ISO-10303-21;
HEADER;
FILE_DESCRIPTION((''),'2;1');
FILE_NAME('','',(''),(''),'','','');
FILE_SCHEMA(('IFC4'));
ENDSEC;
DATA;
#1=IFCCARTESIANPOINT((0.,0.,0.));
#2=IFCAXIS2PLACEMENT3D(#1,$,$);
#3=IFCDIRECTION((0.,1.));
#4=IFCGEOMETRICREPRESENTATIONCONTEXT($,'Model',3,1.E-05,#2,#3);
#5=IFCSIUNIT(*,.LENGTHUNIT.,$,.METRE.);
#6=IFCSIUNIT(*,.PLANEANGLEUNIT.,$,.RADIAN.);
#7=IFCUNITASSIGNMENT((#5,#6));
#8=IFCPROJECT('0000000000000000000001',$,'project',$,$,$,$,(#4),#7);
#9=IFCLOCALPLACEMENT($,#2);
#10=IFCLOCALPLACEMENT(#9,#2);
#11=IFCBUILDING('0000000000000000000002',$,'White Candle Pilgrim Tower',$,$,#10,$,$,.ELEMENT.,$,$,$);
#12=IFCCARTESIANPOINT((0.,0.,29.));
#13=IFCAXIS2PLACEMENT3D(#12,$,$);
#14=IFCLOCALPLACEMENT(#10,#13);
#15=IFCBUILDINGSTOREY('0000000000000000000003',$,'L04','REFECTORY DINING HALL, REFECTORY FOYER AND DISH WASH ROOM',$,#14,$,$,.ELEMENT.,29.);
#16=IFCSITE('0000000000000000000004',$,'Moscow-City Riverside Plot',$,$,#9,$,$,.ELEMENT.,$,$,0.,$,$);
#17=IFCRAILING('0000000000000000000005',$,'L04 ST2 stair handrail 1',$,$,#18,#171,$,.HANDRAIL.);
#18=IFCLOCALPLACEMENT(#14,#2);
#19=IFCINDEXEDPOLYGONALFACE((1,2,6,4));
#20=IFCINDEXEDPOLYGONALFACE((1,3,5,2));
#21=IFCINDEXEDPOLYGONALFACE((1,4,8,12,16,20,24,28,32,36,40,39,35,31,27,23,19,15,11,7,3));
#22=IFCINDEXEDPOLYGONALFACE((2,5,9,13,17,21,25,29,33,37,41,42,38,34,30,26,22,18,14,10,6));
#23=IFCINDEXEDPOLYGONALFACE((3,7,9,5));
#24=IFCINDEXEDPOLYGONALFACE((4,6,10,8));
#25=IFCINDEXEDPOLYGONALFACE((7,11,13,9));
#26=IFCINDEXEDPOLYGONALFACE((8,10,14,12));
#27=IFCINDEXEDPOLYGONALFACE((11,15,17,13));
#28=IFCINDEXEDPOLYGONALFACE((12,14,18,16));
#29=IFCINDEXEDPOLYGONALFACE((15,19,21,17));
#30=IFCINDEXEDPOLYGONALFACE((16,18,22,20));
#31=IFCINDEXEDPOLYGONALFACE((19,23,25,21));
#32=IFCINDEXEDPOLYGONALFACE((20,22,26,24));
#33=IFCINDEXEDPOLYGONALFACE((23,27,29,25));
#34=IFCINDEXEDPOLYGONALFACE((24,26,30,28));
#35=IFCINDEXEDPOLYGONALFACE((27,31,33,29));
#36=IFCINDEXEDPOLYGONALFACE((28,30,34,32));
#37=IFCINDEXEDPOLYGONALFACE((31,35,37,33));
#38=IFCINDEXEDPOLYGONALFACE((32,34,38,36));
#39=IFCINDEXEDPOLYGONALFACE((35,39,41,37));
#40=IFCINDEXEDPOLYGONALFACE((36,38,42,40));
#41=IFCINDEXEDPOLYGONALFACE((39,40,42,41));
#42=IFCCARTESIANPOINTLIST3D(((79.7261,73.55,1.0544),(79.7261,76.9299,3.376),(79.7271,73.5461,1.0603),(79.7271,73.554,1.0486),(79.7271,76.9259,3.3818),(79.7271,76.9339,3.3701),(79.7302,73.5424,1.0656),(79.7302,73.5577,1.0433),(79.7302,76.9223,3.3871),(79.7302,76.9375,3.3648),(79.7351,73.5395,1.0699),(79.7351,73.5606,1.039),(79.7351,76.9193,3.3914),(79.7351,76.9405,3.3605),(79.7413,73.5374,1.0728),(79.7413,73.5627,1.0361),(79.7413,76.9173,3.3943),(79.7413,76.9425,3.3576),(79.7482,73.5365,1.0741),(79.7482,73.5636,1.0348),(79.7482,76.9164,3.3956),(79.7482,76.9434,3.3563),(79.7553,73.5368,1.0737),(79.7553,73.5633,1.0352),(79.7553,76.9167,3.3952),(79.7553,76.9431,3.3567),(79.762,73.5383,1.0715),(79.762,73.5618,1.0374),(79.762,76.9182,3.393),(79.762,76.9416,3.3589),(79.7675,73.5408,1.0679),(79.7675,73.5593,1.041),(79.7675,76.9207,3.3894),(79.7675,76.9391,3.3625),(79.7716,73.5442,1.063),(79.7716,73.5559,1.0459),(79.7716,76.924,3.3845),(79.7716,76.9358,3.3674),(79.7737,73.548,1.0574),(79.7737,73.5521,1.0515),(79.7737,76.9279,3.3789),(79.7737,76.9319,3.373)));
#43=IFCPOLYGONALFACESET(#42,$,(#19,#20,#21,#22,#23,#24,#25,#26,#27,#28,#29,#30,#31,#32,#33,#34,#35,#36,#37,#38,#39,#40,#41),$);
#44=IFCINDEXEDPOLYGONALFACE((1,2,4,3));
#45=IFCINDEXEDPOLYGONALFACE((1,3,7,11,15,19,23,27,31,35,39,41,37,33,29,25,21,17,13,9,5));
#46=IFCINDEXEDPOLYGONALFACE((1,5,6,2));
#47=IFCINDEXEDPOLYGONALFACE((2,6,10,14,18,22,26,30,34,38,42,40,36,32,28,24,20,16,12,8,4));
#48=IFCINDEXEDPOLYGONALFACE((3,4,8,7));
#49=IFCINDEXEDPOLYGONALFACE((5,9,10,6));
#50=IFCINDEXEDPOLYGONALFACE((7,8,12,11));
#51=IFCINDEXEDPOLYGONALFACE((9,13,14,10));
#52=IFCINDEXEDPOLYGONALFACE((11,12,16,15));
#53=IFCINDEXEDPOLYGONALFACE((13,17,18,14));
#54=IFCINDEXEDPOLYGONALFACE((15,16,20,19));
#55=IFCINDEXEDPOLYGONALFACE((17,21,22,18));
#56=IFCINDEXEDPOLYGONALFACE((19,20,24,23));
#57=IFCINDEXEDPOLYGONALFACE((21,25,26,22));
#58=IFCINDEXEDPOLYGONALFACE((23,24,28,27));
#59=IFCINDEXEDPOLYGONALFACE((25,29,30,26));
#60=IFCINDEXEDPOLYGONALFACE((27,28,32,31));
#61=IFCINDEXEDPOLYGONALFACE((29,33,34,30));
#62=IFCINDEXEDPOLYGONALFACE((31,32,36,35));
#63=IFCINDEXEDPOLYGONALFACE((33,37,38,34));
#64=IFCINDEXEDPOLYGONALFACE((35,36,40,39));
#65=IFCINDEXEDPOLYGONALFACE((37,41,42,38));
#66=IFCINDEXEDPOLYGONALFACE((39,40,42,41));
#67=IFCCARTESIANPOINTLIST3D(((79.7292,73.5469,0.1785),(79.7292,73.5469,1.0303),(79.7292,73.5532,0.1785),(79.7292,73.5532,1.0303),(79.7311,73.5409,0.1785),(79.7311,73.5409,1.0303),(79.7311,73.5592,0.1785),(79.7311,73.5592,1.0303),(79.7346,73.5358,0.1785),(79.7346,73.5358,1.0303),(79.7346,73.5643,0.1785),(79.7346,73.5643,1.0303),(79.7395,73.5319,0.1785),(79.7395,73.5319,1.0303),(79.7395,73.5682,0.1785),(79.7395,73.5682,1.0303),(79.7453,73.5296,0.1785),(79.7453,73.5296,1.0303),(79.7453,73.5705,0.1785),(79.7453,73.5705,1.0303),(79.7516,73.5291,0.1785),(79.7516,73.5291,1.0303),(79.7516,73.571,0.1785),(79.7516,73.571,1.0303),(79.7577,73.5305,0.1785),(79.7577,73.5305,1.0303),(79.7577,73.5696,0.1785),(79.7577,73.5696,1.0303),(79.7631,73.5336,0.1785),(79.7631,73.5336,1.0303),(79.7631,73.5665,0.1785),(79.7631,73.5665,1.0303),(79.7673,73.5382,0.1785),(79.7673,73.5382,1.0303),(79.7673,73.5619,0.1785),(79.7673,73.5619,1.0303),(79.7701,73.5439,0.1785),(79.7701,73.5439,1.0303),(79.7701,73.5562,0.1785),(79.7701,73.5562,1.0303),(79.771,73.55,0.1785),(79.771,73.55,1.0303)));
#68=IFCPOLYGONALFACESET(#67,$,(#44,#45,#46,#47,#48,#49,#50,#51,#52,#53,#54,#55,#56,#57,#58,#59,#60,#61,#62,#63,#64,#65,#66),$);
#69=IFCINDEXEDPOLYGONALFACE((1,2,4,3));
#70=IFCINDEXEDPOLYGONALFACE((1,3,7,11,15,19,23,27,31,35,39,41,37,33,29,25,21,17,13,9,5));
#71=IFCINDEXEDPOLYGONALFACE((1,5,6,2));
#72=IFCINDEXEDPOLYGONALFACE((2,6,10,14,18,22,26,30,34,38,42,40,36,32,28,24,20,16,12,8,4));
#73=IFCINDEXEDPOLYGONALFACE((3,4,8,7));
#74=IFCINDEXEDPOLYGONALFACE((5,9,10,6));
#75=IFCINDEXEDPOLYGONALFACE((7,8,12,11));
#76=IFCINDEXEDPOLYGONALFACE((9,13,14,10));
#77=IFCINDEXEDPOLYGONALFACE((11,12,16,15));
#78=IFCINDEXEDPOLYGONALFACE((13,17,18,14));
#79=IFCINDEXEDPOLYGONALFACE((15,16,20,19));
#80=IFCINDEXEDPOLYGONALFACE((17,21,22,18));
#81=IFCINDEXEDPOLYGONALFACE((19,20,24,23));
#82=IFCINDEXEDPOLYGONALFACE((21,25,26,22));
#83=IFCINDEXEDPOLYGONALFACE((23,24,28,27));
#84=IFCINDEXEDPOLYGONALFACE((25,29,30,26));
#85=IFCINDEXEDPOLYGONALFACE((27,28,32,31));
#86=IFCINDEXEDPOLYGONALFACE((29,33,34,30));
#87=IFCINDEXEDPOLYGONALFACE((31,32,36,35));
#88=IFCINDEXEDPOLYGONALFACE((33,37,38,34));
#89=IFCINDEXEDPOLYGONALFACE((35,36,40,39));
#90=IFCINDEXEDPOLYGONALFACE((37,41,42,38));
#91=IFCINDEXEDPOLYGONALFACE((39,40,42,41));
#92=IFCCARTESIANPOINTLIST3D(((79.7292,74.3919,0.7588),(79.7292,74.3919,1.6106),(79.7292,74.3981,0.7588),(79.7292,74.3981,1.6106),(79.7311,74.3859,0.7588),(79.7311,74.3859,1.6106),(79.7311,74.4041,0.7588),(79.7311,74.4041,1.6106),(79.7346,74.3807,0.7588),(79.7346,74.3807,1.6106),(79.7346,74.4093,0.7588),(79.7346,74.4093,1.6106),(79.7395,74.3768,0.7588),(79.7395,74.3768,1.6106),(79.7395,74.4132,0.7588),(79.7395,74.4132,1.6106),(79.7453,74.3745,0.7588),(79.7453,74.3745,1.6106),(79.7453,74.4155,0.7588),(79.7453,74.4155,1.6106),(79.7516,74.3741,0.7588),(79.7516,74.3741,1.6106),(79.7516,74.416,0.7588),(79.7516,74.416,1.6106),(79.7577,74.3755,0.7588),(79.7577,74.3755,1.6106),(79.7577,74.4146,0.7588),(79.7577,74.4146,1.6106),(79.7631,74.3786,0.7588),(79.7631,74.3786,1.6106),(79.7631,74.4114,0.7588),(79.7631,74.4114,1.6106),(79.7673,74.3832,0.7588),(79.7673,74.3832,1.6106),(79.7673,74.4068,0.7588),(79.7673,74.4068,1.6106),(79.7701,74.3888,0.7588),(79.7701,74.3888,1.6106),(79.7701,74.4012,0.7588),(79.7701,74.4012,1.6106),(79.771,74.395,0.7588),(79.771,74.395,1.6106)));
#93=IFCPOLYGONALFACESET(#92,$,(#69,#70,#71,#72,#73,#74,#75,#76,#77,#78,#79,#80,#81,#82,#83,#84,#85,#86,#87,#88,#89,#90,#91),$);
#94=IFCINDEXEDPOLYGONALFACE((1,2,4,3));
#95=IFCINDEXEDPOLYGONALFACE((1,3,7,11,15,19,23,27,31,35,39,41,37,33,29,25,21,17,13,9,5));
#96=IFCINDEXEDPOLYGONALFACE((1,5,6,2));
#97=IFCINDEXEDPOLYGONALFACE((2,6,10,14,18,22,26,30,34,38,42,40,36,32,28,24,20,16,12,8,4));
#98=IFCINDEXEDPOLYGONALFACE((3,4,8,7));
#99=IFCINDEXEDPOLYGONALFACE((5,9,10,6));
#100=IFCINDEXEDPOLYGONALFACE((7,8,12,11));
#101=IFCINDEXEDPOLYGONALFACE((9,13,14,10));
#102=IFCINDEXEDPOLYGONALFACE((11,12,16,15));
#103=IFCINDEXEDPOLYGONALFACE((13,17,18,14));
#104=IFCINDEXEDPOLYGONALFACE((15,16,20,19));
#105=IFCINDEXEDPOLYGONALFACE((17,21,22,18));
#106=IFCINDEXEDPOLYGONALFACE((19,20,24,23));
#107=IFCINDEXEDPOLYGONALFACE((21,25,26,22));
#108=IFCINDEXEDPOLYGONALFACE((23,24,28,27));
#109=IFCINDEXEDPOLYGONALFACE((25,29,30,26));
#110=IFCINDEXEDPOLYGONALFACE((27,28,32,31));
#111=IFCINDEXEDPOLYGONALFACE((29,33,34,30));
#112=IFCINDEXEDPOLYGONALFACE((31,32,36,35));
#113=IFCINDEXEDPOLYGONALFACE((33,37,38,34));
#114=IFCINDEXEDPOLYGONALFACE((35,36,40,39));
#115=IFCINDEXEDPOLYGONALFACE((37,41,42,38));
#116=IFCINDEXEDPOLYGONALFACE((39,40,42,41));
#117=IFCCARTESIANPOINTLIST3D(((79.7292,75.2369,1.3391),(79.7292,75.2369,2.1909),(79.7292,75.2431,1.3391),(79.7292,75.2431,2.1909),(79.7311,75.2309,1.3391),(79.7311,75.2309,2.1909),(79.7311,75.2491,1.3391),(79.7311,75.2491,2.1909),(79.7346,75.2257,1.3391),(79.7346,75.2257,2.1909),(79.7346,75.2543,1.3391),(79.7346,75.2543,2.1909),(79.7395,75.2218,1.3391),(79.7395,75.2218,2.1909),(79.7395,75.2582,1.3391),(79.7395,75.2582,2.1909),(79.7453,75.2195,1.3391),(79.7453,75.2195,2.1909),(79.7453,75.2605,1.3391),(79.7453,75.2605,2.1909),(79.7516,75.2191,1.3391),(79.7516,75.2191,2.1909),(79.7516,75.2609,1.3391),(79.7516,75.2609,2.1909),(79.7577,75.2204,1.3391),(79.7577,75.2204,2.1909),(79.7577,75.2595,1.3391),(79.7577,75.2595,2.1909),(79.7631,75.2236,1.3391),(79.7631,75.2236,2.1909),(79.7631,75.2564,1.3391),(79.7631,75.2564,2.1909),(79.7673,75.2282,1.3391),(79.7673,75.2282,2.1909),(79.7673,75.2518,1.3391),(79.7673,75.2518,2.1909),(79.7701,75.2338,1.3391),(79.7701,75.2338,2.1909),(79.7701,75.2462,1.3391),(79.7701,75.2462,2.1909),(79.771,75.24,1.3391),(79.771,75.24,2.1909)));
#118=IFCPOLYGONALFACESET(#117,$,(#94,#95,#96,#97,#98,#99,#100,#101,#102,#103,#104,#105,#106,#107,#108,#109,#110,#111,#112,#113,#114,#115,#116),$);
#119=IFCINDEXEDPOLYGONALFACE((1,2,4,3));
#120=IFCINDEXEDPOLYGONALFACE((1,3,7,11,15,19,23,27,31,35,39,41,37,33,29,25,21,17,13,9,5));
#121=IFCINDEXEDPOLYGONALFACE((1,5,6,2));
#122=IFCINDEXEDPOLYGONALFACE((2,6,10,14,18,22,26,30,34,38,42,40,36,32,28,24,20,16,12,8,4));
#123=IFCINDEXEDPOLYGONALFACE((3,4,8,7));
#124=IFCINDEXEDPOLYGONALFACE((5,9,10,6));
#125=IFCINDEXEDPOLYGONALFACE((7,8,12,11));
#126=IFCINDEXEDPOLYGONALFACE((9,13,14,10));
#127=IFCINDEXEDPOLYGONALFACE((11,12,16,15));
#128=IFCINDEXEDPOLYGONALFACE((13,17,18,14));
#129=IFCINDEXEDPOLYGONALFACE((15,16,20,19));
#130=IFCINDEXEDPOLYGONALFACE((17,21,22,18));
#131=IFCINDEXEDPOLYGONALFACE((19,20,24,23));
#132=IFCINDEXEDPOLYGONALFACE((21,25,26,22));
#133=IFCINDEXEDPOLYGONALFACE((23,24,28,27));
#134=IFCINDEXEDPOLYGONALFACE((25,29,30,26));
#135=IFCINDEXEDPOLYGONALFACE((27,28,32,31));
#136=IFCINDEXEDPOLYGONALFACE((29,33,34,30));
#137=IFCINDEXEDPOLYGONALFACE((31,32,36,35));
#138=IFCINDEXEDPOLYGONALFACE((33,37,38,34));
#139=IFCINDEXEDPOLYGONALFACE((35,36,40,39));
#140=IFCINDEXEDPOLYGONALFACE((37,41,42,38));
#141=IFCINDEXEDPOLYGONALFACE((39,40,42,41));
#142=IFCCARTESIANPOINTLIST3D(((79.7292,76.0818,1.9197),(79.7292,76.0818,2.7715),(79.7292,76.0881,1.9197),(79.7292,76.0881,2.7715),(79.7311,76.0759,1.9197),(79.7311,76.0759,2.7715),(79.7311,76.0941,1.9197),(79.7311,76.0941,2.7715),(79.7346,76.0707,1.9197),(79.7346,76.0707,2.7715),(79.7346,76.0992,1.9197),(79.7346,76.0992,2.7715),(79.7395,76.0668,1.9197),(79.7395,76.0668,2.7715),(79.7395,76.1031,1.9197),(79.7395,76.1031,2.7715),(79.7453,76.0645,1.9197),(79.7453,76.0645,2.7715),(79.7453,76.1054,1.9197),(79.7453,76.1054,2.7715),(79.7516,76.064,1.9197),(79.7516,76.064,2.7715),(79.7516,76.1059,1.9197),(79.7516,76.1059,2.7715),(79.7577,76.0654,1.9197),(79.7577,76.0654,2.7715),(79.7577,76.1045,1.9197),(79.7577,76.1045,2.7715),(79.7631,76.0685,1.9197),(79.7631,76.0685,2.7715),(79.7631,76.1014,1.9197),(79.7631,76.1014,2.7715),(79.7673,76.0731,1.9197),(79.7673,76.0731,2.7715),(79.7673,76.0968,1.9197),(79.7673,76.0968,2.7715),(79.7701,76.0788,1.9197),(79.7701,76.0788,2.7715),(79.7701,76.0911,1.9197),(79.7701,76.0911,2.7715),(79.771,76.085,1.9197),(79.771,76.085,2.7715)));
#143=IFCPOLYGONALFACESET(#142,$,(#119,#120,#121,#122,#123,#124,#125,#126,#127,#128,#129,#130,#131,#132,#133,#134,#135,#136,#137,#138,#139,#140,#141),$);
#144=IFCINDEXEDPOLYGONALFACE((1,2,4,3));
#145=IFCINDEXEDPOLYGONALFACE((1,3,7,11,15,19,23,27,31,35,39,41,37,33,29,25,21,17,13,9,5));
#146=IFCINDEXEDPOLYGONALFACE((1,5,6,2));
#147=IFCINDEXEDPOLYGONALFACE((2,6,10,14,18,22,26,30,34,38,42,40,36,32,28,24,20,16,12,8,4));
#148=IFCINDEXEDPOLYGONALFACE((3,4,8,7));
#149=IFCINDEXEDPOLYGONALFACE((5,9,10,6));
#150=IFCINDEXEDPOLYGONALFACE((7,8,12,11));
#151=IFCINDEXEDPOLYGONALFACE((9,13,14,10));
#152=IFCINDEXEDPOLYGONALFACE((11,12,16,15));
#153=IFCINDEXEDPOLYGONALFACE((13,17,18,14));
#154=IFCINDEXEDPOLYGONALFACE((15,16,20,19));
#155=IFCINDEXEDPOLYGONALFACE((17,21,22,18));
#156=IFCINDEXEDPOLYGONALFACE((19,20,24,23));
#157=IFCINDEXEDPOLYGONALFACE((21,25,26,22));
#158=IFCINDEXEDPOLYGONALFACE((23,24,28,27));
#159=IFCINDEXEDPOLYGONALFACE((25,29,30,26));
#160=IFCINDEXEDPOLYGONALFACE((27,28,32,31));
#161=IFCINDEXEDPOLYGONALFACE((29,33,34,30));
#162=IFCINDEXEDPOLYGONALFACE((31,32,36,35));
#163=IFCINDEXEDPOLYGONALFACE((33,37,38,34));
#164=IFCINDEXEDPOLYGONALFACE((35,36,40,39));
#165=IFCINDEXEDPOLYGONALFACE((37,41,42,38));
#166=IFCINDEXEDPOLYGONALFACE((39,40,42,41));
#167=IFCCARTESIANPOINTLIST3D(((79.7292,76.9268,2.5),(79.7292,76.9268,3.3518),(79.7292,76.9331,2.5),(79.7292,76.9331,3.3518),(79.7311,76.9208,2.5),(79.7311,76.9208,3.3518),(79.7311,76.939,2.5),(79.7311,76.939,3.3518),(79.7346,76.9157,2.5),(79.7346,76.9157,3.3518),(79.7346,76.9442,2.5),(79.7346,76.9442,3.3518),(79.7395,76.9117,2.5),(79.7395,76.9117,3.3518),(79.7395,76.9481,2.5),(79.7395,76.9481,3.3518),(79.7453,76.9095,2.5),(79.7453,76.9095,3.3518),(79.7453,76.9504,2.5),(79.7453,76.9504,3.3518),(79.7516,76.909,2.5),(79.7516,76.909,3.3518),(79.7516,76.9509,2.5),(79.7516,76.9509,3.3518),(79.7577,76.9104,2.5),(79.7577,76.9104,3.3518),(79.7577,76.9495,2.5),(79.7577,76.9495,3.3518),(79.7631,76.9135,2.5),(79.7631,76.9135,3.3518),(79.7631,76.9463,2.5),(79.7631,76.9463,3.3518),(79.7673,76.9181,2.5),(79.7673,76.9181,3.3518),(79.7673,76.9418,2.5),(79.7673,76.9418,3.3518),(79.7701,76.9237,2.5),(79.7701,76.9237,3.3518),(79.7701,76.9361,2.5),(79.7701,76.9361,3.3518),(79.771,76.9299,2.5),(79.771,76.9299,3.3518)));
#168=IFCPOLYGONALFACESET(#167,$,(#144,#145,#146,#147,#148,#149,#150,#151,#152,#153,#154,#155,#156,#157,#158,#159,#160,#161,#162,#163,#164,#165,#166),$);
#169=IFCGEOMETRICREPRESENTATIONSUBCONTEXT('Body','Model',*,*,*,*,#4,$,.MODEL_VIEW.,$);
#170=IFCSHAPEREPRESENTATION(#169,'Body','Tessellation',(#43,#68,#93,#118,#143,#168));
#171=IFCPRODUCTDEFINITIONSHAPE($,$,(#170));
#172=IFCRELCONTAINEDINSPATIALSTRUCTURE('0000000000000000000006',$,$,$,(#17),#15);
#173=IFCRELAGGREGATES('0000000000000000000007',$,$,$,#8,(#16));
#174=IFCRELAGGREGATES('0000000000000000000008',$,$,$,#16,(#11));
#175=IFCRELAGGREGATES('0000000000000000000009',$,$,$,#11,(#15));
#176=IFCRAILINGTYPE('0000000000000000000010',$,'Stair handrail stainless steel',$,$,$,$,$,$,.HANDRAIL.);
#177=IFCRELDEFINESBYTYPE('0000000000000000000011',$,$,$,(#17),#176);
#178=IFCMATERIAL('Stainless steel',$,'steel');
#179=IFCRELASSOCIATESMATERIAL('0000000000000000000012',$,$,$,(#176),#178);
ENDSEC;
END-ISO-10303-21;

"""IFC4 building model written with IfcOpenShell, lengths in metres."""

from ifc_helpers import new_model, si_unit, direction, frame, origin, origin_2d, place, context, subcontext, project, spatial, circle, extrude, material, type_object, element, save


model = new_model("IFC4")

# Units and contexts
model_context = context("Model", 3, precision=1e-05, world=origin(), true_north=direction((0.0, 1.0)))
body_context = subcontext(model_context, "Body", "Model", "MODEL_VIEW")
ifc_project = project(units=[si_unit("LENGTHUNIT", "METRE"), si_unit("PLANEANGLEUNIT", "RADIAN")], contexts=[model_context])

# Site, building, storey
site_placement = place(None, origin())
site = spatial("IfcSite", under=ifc_project, at=site_placement, Name="Moscow-City Riverside Plot", CompositionType="ELEMENT", RefElevation=0.0)
building_placement = place(site_placement, origin())
building = spatial("IfcBuilding", under=site, at=building_placement, Name="White Candle Pilgrim Tower", CompositionType="ELEMENT")
storey_placement = place(building_placement, frame((0.0, 0.0, 29.0)))
storey = spatial("IfcBuildingStorey", under=building, at=storey_placement, Name="L04", Description="REFECTORY DINING HALL, REFECTORY FOYER AND DISH WASH ROOM", CompositionType="ELEMENT", Elevation=29.0)

# Railing
ifc_material_1 = material(Name="Stainless steel", Category="steel")
railing_type_1 = type_object("IfcRailingType", Name="Stair handrail stainless steel", PredefinedType="HANDRAIL", material=ifc_material_1)
railing_1_placement = place(storey_placement, frame((79.75, 73.55, 0.1785)))
element("IfcRailing", 1, at=railing_1_placement, inside=storey, type_object=railing_type_1, Name="L04 ST2 stair handrail 1", PredefinedType="HANDRAIL", context=body_context, shape_type="SweptSolid", body=[
    extrude(circle(Radius=0.0239, at=origin_2d()), frame((0.0, 0.0, 0.876), z_axis=(0.0, 0.824285, 0.566175), x_axis=(-1.0, 0.0, 0.0)), (0.0, 0.0, 1.0), 4.1003),
    extrude(circle(Radius=0.021, at=origin_2d()), origin(), (0.0, 0.0, 1.0), 0.8518),
    extrude(circle(Radius=0.021, at=origin_2d()), frame((0.0, 0.845, 0.5803)), (0.0, 0.0, 1.0), 0.8518),
    extrude(circle(Radius=0.021, at=origin_2d()), frame((0.0, 1.6899, 1.1606)), (0.0, 0.0, 1.0), 0.8518),
    extrude(circle(Radius=0.021, at=origin_2d()), frame((0.0, 2.5349, 1.7412)), (0.0, 0.0, 1.0), 0.8518),
    extrude(circle(Radius=0.021, at=origin_2d()), frame((0.0, 3.3799, 2.3215)), (0.0, 0.0, 1.0), 0.8518),
])

save(model, "model.ifc")
